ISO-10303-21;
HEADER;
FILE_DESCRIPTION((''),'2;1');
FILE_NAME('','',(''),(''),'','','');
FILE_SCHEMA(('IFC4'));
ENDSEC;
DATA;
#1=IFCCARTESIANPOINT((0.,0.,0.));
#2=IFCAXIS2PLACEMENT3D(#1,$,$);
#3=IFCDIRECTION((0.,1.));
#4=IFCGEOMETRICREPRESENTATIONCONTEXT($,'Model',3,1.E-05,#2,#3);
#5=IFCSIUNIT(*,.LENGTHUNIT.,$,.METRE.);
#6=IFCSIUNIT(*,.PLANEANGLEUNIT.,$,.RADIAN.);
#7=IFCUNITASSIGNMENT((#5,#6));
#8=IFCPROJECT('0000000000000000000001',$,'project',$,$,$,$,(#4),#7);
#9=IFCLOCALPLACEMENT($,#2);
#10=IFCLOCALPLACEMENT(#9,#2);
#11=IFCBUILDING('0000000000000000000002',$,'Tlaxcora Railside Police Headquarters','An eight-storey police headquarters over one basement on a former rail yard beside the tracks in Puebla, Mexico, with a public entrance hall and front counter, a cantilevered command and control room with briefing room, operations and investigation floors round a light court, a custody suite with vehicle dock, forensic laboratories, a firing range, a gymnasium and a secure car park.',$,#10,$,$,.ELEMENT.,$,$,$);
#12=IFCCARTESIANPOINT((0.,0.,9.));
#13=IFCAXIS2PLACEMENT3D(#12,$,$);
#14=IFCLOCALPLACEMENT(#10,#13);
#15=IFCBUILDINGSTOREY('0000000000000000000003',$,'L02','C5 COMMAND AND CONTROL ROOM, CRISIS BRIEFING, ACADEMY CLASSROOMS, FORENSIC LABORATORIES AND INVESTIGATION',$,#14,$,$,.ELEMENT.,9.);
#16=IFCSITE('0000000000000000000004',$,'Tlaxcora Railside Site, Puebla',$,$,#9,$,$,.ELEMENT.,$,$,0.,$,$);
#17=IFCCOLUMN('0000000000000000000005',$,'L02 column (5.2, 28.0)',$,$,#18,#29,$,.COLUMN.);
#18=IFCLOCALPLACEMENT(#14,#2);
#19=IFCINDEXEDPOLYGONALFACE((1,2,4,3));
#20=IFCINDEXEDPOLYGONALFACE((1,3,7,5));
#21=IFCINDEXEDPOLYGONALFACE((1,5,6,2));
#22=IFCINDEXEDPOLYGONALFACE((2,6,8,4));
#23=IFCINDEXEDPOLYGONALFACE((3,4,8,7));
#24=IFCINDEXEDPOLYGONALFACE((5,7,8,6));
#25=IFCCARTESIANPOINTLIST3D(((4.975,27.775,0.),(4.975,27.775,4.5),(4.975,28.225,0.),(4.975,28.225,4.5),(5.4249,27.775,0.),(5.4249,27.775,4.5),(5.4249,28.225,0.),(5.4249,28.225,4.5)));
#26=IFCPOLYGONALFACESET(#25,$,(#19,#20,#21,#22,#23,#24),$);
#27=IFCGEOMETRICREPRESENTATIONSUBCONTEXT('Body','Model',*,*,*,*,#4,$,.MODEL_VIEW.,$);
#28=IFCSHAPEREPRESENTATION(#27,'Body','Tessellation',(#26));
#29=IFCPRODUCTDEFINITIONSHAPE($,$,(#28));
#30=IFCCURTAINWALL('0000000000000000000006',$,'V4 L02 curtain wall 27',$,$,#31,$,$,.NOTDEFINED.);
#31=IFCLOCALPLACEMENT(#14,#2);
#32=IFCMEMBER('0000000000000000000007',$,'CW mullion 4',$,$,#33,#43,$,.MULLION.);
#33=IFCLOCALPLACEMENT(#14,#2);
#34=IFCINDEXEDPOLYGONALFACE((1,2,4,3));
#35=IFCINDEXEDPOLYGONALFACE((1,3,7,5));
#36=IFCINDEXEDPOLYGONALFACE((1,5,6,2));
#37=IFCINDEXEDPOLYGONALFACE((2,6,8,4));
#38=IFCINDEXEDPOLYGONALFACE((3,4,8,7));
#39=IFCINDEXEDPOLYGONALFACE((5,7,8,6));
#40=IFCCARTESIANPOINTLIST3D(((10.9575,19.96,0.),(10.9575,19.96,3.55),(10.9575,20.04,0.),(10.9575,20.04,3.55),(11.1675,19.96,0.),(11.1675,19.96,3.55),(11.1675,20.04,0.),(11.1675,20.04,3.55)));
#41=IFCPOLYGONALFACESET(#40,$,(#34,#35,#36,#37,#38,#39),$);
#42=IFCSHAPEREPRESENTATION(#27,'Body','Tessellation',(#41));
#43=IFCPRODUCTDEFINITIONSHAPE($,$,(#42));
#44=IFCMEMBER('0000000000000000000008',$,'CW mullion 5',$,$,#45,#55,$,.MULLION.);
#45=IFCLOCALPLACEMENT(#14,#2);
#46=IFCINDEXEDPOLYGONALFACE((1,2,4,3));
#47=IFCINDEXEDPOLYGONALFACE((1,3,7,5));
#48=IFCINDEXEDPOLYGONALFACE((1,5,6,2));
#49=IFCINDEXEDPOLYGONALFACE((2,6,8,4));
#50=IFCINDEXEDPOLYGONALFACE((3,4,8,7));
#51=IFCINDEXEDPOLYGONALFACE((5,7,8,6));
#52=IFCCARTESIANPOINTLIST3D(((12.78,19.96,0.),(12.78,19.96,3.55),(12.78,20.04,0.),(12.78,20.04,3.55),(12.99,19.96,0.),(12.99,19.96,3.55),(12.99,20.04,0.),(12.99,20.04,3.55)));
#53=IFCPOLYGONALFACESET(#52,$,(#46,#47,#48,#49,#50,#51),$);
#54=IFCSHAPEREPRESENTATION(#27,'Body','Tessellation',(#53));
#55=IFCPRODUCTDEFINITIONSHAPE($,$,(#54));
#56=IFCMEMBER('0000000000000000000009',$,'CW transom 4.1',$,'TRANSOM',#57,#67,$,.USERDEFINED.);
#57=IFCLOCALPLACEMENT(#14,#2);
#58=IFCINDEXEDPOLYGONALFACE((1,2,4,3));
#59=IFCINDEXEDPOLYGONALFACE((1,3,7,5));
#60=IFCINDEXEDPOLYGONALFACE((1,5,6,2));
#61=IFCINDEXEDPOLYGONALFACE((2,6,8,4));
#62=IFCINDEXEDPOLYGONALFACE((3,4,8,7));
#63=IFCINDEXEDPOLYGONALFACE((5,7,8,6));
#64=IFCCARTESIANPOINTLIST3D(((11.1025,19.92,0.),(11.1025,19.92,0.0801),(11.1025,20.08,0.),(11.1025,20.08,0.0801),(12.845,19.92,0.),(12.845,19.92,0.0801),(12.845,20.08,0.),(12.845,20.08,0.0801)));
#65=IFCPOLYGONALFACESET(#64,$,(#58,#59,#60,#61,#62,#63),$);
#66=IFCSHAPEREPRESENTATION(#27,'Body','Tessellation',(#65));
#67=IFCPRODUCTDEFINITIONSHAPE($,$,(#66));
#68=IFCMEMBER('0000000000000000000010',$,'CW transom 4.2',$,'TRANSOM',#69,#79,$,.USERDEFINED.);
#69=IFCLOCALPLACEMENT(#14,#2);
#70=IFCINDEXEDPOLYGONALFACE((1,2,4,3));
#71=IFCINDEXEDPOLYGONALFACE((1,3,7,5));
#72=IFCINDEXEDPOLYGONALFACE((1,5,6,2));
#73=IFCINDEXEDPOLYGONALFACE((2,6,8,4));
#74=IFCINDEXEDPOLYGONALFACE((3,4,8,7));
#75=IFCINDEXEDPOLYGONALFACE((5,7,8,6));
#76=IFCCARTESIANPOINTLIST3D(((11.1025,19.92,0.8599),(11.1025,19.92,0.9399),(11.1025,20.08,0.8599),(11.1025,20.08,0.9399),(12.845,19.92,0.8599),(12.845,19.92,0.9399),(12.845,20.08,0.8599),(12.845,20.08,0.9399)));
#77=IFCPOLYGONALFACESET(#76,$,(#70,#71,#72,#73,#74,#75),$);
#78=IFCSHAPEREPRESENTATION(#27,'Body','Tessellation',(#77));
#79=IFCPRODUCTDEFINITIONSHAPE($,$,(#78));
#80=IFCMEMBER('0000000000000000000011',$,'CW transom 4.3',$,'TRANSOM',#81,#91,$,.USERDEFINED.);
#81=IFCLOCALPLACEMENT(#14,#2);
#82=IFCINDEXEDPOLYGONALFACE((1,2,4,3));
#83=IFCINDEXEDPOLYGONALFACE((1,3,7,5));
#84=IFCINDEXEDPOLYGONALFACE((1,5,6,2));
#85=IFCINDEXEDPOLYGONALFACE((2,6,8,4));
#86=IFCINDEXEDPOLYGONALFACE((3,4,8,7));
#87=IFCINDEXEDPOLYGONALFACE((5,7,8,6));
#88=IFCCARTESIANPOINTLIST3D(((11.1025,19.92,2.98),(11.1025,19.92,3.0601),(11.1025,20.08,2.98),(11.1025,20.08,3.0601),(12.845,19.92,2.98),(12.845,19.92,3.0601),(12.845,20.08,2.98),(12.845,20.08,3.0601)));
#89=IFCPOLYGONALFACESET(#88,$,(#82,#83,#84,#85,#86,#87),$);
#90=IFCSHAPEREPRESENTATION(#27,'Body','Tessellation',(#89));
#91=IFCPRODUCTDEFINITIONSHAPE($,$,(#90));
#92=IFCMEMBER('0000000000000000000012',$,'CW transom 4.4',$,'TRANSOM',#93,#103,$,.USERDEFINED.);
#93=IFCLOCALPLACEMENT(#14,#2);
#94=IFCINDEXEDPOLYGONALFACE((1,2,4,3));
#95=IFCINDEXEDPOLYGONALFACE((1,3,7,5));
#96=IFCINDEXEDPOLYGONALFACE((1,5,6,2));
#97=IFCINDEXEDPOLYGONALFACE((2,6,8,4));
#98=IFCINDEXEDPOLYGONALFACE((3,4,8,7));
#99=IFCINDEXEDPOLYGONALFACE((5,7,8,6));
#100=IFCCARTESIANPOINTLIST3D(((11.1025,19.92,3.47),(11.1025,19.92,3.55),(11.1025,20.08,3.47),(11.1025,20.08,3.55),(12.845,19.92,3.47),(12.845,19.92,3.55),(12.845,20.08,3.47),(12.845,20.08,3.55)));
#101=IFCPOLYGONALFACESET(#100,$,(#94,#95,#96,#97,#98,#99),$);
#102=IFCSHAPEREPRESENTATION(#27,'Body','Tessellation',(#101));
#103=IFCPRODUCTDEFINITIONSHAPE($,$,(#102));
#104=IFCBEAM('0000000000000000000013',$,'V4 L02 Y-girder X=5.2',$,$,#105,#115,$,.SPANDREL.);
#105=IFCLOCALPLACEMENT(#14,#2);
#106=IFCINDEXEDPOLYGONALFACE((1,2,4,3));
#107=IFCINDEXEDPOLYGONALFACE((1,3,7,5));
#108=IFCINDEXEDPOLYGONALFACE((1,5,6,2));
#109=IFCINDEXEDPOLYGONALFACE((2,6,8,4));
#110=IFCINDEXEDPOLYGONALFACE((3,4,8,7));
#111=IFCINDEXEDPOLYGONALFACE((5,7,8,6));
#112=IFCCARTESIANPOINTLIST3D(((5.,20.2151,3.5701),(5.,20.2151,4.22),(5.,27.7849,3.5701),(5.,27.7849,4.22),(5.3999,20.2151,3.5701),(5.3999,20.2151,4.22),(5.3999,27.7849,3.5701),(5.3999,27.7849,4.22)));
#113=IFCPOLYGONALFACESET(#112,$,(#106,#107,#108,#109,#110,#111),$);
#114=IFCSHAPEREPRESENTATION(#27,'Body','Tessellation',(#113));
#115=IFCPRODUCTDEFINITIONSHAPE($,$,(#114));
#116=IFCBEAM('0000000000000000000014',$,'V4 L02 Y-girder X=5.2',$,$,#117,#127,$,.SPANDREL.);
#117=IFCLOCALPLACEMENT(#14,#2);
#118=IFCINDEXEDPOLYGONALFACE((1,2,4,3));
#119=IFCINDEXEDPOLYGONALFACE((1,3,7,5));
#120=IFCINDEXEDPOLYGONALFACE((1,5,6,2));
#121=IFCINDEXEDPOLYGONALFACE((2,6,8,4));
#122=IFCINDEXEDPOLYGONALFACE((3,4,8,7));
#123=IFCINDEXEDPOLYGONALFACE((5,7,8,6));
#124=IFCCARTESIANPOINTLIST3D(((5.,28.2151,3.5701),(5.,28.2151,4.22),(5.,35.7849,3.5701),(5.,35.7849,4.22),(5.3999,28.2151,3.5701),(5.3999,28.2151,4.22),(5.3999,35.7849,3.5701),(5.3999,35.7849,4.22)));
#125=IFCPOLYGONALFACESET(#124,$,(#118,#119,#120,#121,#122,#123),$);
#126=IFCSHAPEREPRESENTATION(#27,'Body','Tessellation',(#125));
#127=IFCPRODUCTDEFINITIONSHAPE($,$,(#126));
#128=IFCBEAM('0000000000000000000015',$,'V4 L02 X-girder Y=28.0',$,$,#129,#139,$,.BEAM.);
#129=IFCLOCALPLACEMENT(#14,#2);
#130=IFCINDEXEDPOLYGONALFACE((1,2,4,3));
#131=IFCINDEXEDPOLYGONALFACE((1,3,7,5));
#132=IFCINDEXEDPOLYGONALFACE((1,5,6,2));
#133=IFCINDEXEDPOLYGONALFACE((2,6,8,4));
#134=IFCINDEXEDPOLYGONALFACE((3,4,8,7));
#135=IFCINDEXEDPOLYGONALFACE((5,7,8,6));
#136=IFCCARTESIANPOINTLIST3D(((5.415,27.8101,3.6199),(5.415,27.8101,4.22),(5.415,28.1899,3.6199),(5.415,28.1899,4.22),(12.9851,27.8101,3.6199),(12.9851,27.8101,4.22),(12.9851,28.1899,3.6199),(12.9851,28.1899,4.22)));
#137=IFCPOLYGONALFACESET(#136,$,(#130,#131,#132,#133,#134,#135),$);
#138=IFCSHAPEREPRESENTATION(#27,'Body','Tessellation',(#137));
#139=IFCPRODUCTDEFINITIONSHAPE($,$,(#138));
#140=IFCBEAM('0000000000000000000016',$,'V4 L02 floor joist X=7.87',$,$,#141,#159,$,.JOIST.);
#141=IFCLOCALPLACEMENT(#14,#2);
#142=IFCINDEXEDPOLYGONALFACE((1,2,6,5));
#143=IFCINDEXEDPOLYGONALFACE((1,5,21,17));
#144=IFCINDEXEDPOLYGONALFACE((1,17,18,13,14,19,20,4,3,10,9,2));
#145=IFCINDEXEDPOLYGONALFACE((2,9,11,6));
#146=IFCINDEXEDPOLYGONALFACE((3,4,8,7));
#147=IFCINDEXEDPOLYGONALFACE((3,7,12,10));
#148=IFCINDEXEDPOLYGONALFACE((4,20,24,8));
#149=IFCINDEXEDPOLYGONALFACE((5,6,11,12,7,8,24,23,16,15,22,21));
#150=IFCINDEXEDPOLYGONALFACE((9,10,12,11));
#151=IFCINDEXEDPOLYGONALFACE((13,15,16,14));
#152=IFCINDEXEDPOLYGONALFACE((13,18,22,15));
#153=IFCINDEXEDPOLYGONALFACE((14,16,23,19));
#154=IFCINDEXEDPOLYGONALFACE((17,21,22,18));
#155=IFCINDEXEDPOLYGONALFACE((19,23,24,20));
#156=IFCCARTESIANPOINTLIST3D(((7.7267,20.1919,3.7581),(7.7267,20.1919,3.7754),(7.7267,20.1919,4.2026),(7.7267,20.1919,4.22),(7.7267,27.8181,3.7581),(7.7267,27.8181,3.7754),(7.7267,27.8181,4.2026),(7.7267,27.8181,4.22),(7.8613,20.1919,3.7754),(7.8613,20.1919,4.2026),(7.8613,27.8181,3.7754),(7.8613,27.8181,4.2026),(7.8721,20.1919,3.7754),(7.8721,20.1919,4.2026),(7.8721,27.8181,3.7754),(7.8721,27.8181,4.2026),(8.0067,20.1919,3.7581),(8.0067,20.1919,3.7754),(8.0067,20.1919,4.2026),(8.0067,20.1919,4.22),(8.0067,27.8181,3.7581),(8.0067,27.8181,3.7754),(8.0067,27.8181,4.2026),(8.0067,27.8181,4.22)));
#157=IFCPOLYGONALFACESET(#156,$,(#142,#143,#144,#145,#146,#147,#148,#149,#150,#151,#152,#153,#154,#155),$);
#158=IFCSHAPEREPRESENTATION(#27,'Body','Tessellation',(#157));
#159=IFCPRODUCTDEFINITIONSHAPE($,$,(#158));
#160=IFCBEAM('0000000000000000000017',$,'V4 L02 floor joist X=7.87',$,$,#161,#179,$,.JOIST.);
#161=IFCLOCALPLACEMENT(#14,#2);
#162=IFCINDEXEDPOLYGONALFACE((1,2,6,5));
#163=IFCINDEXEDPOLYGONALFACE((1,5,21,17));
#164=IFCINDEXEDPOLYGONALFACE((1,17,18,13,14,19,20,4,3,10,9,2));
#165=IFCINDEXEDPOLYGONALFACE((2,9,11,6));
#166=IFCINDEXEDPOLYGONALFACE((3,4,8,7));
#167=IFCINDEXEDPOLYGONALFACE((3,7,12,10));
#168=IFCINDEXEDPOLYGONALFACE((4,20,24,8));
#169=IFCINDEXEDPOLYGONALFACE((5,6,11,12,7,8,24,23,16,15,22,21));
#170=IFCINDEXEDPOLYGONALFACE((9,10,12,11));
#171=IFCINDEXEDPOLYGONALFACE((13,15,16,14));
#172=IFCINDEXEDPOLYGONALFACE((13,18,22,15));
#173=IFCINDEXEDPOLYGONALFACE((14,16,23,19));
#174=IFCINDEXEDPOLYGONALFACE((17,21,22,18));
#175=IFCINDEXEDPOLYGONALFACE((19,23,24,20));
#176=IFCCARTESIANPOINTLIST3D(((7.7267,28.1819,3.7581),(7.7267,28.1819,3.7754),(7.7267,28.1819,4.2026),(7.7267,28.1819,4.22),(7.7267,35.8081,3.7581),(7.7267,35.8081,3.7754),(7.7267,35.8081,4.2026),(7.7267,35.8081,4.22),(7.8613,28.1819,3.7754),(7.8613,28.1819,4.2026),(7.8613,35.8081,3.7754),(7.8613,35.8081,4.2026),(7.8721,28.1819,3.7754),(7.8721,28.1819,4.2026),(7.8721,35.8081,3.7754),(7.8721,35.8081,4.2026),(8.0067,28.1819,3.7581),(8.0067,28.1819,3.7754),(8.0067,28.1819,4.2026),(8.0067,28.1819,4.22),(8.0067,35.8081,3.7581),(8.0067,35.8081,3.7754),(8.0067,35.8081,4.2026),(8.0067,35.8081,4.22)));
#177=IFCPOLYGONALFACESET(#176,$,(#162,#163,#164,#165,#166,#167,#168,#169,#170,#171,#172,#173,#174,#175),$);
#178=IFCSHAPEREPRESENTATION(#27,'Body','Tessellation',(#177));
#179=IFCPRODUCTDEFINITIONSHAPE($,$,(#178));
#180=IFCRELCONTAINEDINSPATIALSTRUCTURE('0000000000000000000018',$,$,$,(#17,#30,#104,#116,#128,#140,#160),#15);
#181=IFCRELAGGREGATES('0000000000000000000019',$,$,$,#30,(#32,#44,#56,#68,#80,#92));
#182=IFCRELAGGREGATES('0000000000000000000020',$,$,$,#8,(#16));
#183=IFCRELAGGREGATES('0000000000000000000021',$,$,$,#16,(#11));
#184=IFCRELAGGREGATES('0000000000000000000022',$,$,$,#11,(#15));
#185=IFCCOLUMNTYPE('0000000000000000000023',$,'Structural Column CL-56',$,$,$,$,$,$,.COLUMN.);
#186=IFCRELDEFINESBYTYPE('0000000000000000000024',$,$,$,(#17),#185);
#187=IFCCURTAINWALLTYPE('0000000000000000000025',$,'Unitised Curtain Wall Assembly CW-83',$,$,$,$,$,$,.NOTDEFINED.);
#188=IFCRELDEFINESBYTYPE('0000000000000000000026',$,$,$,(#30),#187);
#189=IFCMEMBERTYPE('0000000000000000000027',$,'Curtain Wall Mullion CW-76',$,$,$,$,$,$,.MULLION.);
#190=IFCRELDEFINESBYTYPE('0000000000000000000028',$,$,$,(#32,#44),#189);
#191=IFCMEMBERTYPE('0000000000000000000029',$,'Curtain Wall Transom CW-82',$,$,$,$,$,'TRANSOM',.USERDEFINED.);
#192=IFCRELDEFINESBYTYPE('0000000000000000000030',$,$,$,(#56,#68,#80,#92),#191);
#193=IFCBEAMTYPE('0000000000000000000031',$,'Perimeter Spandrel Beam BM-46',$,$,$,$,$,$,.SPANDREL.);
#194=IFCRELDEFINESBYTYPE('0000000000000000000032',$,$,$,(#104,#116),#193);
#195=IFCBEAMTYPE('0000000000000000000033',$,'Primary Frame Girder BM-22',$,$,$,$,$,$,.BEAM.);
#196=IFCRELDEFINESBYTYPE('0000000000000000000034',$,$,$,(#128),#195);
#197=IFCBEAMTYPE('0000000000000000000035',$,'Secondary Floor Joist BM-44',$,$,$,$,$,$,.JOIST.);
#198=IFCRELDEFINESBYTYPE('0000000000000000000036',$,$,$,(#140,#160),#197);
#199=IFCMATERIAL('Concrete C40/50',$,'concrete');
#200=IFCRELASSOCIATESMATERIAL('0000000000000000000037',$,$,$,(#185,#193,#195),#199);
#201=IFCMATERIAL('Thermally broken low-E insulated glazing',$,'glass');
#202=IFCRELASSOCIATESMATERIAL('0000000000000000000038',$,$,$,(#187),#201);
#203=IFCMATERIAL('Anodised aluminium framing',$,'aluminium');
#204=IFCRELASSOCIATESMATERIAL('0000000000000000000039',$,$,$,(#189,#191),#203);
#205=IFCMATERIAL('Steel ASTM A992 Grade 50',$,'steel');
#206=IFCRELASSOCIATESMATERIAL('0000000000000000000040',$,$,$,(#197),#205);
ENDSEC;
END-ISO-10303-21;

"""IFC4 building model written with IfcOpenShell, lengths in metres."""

from ifc_helpers import new_model, si_unit, direction, frame, origin, origin_2d, place, context, subcontext, project, spatial, rectangle, i_section, extrude, material, material_profile, profile_set, type_object, element, aggregate, save


model = new_model("IFC4")

# Units and contexts
model_context = context("Model", 3, precision=1e-05, world=origin(), true_north=direction((0.0, 1.0)))
body_context = subcontext(model_context, "Body", "Model", "MODEL_VIEW")
ifc_project = project(units=[si_unit("LENGTHUNIT", "METRE"), si_unit("PLANEANGLEUNIT", "RADIAN")], contexts=[model_context])

# Site, building, storey
site_placement = place(None, origin())
site = spatial("IfcSite", under=ifc_project, at=site_placement, Name="Tlaxcora Railside Site, Puebla", CompositionType="ELEMENT", RefElevation=0.0)
building_placement = place(site_placement, origin())
building = spatial("IfcBuilding", under=site, at=building_placement, Name="Tlaxcora Railside Police Headquarters", Description="An eight-storey police headquarters over one basement on a former rail yard beside the tracks in Puebla, Mexico, with a public entrance hall and front counter, a cantilevered command and control room with briefing room, operations and investigation floors round a light court, a custody suite with vehicle dock, forensic laboratories, a firing range, a gymnasium and a secure car park.", CompositionType="ELEMENT")
storey_placement = place(building_placement, frame((0.0, 0.0, 9.0)))
storey = spatial("IfcBuildingStorey", under=building, at=storey_placement, Name="L02", Description="C5 COMMAND AND CONTROL ROOM, CRISIS BRIEFING, ACADEMY CLASSROOMS, FORENSIC LABORATORIES AND INVESTIGATION", CompositionType="ELEMENT", Elevation=9.0)

# Column
ifc_material_1 = material(Name="Concrete C40/50", Category="concrete")
ifc_material_profile_1 = material_profile(ifc_material_1, rectangle(XDim=0.45, YDim=0.45, at=origin_2d()), Name="RC450X450")
ifc_profile_set_1 = profile_set([ifc_material_profile_1], Name="Concrete C40/50")
column_type = type_object("IfcColumnType", Name="Structural Column CL-56", PredefinedType="COLUMN", material=ifc_profile_set_1)
column_placement = place(storey_placement, frame((5.2, 28.0, 0.0), z_axis=(0.0, 0.0, 1.0), x_axis=(1.0, 0.0, 0.0)))
element("IfcColumn", 1, at=column_placement, inside=storey, type_object=column_type, Name="L02 column (5.2, 28.0)", PredefinedType="COLUMN", context=body_context, shape_type="SweptSolid", body=[
    extrude(rectangle(XDim=0.45, YDim=0.45, at=origin_2d()), origin(), (0.0, 0.0, 1.0), 4.5),
])

# Curtain wall, members
ifc_material_2 = material(Name="Thermally broken low-E insulated glazing", Category="glass")
curtain_wall_type = type_object("IfcCurtainWallType", Name="Unitised Curtain Wall Assembly CW-83", PredefinedType="NOTDEFINED", material=ifc_material_2)
curtain_wall_placement = place(storey_placement, origin())
curtain_wall = element("IfcCurtainWall", 2, at=curtain_wall_placement, inside=storey, type_object=curtain_wall_type, Name="V4 L02 curtain wall 27", PredefinedType="NOTDEFINED")
ifc_material_3 = material(Name="Anodised aluminium framing", Category="aluminium")
ifc_material_profile_2 = material_profile(ifc_material_3, rectangle(XDim=0.0801, YDim=0.21, at=origin_2d()), Name="AL80X210")
ifc_profile_set_2 = profile_set([ifc_material_profile_2], Name="Anodised aluminium framing")
member_type_1 = type_object("IfcMemberType", Name="Curtain Wall Mullion CW-76", PredefinedType="MULLION", material=ifc_profile_set_2)
member_1_placement = place(storey_placement, frame((11.0625, 20.0, 0.0), z_axis=(0.0, 0.0, 1.0), x_axis=(0.0, 1.0, 0.0)))
member_1 = element("IfcMember", 3, at=member_1_placement, type_object=member_type_1, Name="CW mullion 4", PredefinedType="MULLION", context=body_context, shape_type="SweptSolid", body=[
    extrude(rectangle(XDim=0.0801, YDim=0.21, at=origin_2d()), origin(), (0.0, 0.0, 1.0), 3.55),
])
member_2_placement = place(storey_placement, frame((12.885, 20.0, 0.0), z_axis=(0.0, 0.0, 1.0), x_axis=(0.0, 1.0, 0.0)))
member_2 = element("IfcMember", 4, at=member_2_placement, type_object=member_type_1, Name="CW mullion 5", PredefinedType="MULLION", context=body_context, shape_type="SweptSolid", body=[
    extrude(rectangle(XDim=0.0801, YDim=0.21, at=origin_2d()), origin(), (0.0, 0.0, 1.0), 3.55),
])
ifc_material_profile_3 = material_profile(ifc_material_3, rectangle(XDim=0.1599, YDim=0.0801, at=origin_2d()), Name="AL80X160")
ifc_profile_set_3 = profile_set([ifc_material_profile_3], Name="Anodised aluminium framing")
member_type_2 = type_object("IfcMemberType", Name="Curtain Wall Transom CW-82", ElementType="TRANSOM", PredefinedType="USERDEFINED", material=ifc_profile_set_3)
member_3_placement = place(storey_placement, frame((11.1025, 20.0, 0.04), z_axis=(1.0, 0.0, 0.0), x_axis=(0.0, 1.0, 0.0)))
member_3 = element("IfcMember", 5, at=member_3_placement, type_object=member_type_2, Name="CW transom 4.1", ObjectType="TRANSOM", PredefinedType="USERDEFINED", context=body_context, shape_type="SweptSolid", body=[
    extrude(rectangle(XDim=0.1599, YDim=0.0801, at=origin_2d()), origin(), (0.0, 0.0, 1.0), 1.7424),
])
member_4_placement = place(storey_placement, frame((11.1025, 20.0, 0.8999), z_axis=(1.0, 0.0, 0.0), x_axis=(0.0, 1.0, 0.0)))
member_4 = element("IfcMember", 6, at=member_4_placement, type_object=member_type_2, Name="CW transom 4.2", ObjectType="TRANSOM", PredefinedType="USERDEFINED", context=body_context, shape_type="SweptSolid", body=[
    extrude(rectangle(XDim=0.1599, YDim=0.0801, at=origin_2d()), origin(), (0.0, 0.0, 1.0), 1.7424),
])
member_5_placement = place(storey_placement, frame((11.1025, 20.0, 3.02), z_axis=(1.0, 0.0, 0.0), x_axis=(0.0, 1.0, 0.0)))
member_5 = element("IfcMember", 7, at=member_5_placement, type_object=member_type_2, Name="CW transom 4.3", ObjectType="TRANSOM", PredefinedType="USERDEFINED", context=body_context, shape_type="SweptSolid", body=[
    extrude(rectangle(XDim=0.1599, YDim=0.0801, at=origin_2d()), origin(), (0.0, 0.0, 1.0), 1.7424),
])
member_6_placement = place(storey_placement, frame((11.1025, 20.0, 3.51), z_axis=(1.0, 0.0, 0.0), x_axis=(0.0, 1.0, 0.0)))
member_6 = element("IfcMember", 8, at=member_6_placement, type_object=member_type_2, Name="CW transom 4.4", ObjectType="TRANSOM", PredefinedType="USERDEFINED", context=body_context, shape_type="SweptSolid", body=[
    extrude(rectangle(XDim=0.1599, YDim=0.0801, at=origin_2d()), origin(), (0.0, 0.0, 1.0), 1.7424),
])

# Beams
ifc_material_profile_4 = material_profile(ifc_material_1, rectangle(XDim=0.3999, YDim=0.6499, at=origin_2d()), Name="RC400X650")
ifc_profile_set_4 = profile_set([ifc_material_profile_4], Name="Concrete C40/50")
beam_type_1 = type_object("IfcBeamType", Name="Perimeter Spandrel Beam BM-46", PredefinedType="SPANDREL", material=ifc_profile_set_4)
for number, where, z_axis, x_axis, name in (
    (9, (5.2, 20.2151, 3.895), (0.0, 1.0, 0.0), (-1.0, 0.0, 0.0), "V4 L02 Y-girder X=5.2"),
    (10, (5.2, 28.2151, 3.895), (0.0, 1.0, 0.0), (-1.0, 0.0, 0.0), "V4 L02 Y-girder X=5.2"),
):
    element("IfcBeam", number, at=place(storey_placement, frame(where, z_axis=z_axis, x_axis=x_axis)), inside=storey, type_object=beam_type_1, Name=name, PredefinedType="SPANDREL", context=body_context, shape_type="SweptSolid", body=[
        extrude(rectangle(XDim=0.3999, YDim=0.6499, at=origin_2d()), origin(), (0.0, 0.0, 1.0), 7.5698),
    ])
ifc_material_profile_5 = material_profile(ifc_material_1, rectangle(XDim=0.3799, YDim=0.6001, at=origin_2d()), Name="RC380X600")
ifc_profile_set_5 = profile_set([ifc_material_profile_5], Name="Concrete C40/50")
beam_type_2 = type_object("IfcBeamType", Name="Primary Frame Girder BM-22", PredefinedType="BEAM", material=ifc_profile_set_5)
beam_placement = place(storey_placement, frame((5.415, 28.0, 3.9199), z_axis=(1.0, 0.0, 0.0), x_axis=(0.0, 1.0, 0.0)))
element("IfcBeam", 11, at=beam_placement, inside=storey, type_object=beam_type_2, Name="V4 L02 X-girder Y=28.0", PredefinedType="BEAM", context=body_context, shape_type="SweptSolid", body=[
    extrude(rectangle(XDim=0.3799, YDim=0.6001, at=origin_2d()), origin(), (0.0, 0.0, 1.0), 7.5701),
])
ifc_material_4 = material(Name="Steel ASTM A992 Grade 50", Category="steel")
ifc_material_profile_6 = material_profile(ifc_material_4, i_section(OverallWidth=0.28, OverallDepth=0.4619, WebThickness=0.0107, FlangeThickness=0.0173, at=origin_2d()), Name="W18X76")
ifc_profile_set_6 = profile_set([ifc_material_profile_6], Name="Steel ASTM A992 Grade 50")
beam_type_3 = type_object("IfcBeamType", Name="Secondary Floor Joist BM-44", PredefinedType="JOIST", material=ifc_profile_set_6)
for number, where, z_axis, x_axis, name in (
    (12, (7.8667, 20.1919, 3.989), (0.0, 1.0, 0.0), (-1.0, 0.0, 0.0), "V4 L02 floor joist X=7.87"),
    (13, (7.8667, 28.1819, 3.989), (0.0, 1.0, 0.0), (-1.0, 0.0, 0.0), "V4 L02 floor joist X=7.87"),
):
    element("IfcBeam", number, at=place(storey_placement, frame(where, z_axis=z_axis, x_axis=x_axis)), inside=storey, type_object=beam_type_3, Name=name, PredefinedType="JOIST", context=body_context, shape_type="SweptSolid", body=[
        extrude(i_section(OverallWidth=0.28, OverallDepth=0.4619, WebThickness=0.0107, FlangeThickness=0.0173, at=origin_2d()), origin(), (0.0, 0.0, 1.0), 7.6262),
    ])

aggregate(curtain_wall, [member_1, member_2, member_3, member_4, member_5, member_6])

save(model, "model.ifc")
